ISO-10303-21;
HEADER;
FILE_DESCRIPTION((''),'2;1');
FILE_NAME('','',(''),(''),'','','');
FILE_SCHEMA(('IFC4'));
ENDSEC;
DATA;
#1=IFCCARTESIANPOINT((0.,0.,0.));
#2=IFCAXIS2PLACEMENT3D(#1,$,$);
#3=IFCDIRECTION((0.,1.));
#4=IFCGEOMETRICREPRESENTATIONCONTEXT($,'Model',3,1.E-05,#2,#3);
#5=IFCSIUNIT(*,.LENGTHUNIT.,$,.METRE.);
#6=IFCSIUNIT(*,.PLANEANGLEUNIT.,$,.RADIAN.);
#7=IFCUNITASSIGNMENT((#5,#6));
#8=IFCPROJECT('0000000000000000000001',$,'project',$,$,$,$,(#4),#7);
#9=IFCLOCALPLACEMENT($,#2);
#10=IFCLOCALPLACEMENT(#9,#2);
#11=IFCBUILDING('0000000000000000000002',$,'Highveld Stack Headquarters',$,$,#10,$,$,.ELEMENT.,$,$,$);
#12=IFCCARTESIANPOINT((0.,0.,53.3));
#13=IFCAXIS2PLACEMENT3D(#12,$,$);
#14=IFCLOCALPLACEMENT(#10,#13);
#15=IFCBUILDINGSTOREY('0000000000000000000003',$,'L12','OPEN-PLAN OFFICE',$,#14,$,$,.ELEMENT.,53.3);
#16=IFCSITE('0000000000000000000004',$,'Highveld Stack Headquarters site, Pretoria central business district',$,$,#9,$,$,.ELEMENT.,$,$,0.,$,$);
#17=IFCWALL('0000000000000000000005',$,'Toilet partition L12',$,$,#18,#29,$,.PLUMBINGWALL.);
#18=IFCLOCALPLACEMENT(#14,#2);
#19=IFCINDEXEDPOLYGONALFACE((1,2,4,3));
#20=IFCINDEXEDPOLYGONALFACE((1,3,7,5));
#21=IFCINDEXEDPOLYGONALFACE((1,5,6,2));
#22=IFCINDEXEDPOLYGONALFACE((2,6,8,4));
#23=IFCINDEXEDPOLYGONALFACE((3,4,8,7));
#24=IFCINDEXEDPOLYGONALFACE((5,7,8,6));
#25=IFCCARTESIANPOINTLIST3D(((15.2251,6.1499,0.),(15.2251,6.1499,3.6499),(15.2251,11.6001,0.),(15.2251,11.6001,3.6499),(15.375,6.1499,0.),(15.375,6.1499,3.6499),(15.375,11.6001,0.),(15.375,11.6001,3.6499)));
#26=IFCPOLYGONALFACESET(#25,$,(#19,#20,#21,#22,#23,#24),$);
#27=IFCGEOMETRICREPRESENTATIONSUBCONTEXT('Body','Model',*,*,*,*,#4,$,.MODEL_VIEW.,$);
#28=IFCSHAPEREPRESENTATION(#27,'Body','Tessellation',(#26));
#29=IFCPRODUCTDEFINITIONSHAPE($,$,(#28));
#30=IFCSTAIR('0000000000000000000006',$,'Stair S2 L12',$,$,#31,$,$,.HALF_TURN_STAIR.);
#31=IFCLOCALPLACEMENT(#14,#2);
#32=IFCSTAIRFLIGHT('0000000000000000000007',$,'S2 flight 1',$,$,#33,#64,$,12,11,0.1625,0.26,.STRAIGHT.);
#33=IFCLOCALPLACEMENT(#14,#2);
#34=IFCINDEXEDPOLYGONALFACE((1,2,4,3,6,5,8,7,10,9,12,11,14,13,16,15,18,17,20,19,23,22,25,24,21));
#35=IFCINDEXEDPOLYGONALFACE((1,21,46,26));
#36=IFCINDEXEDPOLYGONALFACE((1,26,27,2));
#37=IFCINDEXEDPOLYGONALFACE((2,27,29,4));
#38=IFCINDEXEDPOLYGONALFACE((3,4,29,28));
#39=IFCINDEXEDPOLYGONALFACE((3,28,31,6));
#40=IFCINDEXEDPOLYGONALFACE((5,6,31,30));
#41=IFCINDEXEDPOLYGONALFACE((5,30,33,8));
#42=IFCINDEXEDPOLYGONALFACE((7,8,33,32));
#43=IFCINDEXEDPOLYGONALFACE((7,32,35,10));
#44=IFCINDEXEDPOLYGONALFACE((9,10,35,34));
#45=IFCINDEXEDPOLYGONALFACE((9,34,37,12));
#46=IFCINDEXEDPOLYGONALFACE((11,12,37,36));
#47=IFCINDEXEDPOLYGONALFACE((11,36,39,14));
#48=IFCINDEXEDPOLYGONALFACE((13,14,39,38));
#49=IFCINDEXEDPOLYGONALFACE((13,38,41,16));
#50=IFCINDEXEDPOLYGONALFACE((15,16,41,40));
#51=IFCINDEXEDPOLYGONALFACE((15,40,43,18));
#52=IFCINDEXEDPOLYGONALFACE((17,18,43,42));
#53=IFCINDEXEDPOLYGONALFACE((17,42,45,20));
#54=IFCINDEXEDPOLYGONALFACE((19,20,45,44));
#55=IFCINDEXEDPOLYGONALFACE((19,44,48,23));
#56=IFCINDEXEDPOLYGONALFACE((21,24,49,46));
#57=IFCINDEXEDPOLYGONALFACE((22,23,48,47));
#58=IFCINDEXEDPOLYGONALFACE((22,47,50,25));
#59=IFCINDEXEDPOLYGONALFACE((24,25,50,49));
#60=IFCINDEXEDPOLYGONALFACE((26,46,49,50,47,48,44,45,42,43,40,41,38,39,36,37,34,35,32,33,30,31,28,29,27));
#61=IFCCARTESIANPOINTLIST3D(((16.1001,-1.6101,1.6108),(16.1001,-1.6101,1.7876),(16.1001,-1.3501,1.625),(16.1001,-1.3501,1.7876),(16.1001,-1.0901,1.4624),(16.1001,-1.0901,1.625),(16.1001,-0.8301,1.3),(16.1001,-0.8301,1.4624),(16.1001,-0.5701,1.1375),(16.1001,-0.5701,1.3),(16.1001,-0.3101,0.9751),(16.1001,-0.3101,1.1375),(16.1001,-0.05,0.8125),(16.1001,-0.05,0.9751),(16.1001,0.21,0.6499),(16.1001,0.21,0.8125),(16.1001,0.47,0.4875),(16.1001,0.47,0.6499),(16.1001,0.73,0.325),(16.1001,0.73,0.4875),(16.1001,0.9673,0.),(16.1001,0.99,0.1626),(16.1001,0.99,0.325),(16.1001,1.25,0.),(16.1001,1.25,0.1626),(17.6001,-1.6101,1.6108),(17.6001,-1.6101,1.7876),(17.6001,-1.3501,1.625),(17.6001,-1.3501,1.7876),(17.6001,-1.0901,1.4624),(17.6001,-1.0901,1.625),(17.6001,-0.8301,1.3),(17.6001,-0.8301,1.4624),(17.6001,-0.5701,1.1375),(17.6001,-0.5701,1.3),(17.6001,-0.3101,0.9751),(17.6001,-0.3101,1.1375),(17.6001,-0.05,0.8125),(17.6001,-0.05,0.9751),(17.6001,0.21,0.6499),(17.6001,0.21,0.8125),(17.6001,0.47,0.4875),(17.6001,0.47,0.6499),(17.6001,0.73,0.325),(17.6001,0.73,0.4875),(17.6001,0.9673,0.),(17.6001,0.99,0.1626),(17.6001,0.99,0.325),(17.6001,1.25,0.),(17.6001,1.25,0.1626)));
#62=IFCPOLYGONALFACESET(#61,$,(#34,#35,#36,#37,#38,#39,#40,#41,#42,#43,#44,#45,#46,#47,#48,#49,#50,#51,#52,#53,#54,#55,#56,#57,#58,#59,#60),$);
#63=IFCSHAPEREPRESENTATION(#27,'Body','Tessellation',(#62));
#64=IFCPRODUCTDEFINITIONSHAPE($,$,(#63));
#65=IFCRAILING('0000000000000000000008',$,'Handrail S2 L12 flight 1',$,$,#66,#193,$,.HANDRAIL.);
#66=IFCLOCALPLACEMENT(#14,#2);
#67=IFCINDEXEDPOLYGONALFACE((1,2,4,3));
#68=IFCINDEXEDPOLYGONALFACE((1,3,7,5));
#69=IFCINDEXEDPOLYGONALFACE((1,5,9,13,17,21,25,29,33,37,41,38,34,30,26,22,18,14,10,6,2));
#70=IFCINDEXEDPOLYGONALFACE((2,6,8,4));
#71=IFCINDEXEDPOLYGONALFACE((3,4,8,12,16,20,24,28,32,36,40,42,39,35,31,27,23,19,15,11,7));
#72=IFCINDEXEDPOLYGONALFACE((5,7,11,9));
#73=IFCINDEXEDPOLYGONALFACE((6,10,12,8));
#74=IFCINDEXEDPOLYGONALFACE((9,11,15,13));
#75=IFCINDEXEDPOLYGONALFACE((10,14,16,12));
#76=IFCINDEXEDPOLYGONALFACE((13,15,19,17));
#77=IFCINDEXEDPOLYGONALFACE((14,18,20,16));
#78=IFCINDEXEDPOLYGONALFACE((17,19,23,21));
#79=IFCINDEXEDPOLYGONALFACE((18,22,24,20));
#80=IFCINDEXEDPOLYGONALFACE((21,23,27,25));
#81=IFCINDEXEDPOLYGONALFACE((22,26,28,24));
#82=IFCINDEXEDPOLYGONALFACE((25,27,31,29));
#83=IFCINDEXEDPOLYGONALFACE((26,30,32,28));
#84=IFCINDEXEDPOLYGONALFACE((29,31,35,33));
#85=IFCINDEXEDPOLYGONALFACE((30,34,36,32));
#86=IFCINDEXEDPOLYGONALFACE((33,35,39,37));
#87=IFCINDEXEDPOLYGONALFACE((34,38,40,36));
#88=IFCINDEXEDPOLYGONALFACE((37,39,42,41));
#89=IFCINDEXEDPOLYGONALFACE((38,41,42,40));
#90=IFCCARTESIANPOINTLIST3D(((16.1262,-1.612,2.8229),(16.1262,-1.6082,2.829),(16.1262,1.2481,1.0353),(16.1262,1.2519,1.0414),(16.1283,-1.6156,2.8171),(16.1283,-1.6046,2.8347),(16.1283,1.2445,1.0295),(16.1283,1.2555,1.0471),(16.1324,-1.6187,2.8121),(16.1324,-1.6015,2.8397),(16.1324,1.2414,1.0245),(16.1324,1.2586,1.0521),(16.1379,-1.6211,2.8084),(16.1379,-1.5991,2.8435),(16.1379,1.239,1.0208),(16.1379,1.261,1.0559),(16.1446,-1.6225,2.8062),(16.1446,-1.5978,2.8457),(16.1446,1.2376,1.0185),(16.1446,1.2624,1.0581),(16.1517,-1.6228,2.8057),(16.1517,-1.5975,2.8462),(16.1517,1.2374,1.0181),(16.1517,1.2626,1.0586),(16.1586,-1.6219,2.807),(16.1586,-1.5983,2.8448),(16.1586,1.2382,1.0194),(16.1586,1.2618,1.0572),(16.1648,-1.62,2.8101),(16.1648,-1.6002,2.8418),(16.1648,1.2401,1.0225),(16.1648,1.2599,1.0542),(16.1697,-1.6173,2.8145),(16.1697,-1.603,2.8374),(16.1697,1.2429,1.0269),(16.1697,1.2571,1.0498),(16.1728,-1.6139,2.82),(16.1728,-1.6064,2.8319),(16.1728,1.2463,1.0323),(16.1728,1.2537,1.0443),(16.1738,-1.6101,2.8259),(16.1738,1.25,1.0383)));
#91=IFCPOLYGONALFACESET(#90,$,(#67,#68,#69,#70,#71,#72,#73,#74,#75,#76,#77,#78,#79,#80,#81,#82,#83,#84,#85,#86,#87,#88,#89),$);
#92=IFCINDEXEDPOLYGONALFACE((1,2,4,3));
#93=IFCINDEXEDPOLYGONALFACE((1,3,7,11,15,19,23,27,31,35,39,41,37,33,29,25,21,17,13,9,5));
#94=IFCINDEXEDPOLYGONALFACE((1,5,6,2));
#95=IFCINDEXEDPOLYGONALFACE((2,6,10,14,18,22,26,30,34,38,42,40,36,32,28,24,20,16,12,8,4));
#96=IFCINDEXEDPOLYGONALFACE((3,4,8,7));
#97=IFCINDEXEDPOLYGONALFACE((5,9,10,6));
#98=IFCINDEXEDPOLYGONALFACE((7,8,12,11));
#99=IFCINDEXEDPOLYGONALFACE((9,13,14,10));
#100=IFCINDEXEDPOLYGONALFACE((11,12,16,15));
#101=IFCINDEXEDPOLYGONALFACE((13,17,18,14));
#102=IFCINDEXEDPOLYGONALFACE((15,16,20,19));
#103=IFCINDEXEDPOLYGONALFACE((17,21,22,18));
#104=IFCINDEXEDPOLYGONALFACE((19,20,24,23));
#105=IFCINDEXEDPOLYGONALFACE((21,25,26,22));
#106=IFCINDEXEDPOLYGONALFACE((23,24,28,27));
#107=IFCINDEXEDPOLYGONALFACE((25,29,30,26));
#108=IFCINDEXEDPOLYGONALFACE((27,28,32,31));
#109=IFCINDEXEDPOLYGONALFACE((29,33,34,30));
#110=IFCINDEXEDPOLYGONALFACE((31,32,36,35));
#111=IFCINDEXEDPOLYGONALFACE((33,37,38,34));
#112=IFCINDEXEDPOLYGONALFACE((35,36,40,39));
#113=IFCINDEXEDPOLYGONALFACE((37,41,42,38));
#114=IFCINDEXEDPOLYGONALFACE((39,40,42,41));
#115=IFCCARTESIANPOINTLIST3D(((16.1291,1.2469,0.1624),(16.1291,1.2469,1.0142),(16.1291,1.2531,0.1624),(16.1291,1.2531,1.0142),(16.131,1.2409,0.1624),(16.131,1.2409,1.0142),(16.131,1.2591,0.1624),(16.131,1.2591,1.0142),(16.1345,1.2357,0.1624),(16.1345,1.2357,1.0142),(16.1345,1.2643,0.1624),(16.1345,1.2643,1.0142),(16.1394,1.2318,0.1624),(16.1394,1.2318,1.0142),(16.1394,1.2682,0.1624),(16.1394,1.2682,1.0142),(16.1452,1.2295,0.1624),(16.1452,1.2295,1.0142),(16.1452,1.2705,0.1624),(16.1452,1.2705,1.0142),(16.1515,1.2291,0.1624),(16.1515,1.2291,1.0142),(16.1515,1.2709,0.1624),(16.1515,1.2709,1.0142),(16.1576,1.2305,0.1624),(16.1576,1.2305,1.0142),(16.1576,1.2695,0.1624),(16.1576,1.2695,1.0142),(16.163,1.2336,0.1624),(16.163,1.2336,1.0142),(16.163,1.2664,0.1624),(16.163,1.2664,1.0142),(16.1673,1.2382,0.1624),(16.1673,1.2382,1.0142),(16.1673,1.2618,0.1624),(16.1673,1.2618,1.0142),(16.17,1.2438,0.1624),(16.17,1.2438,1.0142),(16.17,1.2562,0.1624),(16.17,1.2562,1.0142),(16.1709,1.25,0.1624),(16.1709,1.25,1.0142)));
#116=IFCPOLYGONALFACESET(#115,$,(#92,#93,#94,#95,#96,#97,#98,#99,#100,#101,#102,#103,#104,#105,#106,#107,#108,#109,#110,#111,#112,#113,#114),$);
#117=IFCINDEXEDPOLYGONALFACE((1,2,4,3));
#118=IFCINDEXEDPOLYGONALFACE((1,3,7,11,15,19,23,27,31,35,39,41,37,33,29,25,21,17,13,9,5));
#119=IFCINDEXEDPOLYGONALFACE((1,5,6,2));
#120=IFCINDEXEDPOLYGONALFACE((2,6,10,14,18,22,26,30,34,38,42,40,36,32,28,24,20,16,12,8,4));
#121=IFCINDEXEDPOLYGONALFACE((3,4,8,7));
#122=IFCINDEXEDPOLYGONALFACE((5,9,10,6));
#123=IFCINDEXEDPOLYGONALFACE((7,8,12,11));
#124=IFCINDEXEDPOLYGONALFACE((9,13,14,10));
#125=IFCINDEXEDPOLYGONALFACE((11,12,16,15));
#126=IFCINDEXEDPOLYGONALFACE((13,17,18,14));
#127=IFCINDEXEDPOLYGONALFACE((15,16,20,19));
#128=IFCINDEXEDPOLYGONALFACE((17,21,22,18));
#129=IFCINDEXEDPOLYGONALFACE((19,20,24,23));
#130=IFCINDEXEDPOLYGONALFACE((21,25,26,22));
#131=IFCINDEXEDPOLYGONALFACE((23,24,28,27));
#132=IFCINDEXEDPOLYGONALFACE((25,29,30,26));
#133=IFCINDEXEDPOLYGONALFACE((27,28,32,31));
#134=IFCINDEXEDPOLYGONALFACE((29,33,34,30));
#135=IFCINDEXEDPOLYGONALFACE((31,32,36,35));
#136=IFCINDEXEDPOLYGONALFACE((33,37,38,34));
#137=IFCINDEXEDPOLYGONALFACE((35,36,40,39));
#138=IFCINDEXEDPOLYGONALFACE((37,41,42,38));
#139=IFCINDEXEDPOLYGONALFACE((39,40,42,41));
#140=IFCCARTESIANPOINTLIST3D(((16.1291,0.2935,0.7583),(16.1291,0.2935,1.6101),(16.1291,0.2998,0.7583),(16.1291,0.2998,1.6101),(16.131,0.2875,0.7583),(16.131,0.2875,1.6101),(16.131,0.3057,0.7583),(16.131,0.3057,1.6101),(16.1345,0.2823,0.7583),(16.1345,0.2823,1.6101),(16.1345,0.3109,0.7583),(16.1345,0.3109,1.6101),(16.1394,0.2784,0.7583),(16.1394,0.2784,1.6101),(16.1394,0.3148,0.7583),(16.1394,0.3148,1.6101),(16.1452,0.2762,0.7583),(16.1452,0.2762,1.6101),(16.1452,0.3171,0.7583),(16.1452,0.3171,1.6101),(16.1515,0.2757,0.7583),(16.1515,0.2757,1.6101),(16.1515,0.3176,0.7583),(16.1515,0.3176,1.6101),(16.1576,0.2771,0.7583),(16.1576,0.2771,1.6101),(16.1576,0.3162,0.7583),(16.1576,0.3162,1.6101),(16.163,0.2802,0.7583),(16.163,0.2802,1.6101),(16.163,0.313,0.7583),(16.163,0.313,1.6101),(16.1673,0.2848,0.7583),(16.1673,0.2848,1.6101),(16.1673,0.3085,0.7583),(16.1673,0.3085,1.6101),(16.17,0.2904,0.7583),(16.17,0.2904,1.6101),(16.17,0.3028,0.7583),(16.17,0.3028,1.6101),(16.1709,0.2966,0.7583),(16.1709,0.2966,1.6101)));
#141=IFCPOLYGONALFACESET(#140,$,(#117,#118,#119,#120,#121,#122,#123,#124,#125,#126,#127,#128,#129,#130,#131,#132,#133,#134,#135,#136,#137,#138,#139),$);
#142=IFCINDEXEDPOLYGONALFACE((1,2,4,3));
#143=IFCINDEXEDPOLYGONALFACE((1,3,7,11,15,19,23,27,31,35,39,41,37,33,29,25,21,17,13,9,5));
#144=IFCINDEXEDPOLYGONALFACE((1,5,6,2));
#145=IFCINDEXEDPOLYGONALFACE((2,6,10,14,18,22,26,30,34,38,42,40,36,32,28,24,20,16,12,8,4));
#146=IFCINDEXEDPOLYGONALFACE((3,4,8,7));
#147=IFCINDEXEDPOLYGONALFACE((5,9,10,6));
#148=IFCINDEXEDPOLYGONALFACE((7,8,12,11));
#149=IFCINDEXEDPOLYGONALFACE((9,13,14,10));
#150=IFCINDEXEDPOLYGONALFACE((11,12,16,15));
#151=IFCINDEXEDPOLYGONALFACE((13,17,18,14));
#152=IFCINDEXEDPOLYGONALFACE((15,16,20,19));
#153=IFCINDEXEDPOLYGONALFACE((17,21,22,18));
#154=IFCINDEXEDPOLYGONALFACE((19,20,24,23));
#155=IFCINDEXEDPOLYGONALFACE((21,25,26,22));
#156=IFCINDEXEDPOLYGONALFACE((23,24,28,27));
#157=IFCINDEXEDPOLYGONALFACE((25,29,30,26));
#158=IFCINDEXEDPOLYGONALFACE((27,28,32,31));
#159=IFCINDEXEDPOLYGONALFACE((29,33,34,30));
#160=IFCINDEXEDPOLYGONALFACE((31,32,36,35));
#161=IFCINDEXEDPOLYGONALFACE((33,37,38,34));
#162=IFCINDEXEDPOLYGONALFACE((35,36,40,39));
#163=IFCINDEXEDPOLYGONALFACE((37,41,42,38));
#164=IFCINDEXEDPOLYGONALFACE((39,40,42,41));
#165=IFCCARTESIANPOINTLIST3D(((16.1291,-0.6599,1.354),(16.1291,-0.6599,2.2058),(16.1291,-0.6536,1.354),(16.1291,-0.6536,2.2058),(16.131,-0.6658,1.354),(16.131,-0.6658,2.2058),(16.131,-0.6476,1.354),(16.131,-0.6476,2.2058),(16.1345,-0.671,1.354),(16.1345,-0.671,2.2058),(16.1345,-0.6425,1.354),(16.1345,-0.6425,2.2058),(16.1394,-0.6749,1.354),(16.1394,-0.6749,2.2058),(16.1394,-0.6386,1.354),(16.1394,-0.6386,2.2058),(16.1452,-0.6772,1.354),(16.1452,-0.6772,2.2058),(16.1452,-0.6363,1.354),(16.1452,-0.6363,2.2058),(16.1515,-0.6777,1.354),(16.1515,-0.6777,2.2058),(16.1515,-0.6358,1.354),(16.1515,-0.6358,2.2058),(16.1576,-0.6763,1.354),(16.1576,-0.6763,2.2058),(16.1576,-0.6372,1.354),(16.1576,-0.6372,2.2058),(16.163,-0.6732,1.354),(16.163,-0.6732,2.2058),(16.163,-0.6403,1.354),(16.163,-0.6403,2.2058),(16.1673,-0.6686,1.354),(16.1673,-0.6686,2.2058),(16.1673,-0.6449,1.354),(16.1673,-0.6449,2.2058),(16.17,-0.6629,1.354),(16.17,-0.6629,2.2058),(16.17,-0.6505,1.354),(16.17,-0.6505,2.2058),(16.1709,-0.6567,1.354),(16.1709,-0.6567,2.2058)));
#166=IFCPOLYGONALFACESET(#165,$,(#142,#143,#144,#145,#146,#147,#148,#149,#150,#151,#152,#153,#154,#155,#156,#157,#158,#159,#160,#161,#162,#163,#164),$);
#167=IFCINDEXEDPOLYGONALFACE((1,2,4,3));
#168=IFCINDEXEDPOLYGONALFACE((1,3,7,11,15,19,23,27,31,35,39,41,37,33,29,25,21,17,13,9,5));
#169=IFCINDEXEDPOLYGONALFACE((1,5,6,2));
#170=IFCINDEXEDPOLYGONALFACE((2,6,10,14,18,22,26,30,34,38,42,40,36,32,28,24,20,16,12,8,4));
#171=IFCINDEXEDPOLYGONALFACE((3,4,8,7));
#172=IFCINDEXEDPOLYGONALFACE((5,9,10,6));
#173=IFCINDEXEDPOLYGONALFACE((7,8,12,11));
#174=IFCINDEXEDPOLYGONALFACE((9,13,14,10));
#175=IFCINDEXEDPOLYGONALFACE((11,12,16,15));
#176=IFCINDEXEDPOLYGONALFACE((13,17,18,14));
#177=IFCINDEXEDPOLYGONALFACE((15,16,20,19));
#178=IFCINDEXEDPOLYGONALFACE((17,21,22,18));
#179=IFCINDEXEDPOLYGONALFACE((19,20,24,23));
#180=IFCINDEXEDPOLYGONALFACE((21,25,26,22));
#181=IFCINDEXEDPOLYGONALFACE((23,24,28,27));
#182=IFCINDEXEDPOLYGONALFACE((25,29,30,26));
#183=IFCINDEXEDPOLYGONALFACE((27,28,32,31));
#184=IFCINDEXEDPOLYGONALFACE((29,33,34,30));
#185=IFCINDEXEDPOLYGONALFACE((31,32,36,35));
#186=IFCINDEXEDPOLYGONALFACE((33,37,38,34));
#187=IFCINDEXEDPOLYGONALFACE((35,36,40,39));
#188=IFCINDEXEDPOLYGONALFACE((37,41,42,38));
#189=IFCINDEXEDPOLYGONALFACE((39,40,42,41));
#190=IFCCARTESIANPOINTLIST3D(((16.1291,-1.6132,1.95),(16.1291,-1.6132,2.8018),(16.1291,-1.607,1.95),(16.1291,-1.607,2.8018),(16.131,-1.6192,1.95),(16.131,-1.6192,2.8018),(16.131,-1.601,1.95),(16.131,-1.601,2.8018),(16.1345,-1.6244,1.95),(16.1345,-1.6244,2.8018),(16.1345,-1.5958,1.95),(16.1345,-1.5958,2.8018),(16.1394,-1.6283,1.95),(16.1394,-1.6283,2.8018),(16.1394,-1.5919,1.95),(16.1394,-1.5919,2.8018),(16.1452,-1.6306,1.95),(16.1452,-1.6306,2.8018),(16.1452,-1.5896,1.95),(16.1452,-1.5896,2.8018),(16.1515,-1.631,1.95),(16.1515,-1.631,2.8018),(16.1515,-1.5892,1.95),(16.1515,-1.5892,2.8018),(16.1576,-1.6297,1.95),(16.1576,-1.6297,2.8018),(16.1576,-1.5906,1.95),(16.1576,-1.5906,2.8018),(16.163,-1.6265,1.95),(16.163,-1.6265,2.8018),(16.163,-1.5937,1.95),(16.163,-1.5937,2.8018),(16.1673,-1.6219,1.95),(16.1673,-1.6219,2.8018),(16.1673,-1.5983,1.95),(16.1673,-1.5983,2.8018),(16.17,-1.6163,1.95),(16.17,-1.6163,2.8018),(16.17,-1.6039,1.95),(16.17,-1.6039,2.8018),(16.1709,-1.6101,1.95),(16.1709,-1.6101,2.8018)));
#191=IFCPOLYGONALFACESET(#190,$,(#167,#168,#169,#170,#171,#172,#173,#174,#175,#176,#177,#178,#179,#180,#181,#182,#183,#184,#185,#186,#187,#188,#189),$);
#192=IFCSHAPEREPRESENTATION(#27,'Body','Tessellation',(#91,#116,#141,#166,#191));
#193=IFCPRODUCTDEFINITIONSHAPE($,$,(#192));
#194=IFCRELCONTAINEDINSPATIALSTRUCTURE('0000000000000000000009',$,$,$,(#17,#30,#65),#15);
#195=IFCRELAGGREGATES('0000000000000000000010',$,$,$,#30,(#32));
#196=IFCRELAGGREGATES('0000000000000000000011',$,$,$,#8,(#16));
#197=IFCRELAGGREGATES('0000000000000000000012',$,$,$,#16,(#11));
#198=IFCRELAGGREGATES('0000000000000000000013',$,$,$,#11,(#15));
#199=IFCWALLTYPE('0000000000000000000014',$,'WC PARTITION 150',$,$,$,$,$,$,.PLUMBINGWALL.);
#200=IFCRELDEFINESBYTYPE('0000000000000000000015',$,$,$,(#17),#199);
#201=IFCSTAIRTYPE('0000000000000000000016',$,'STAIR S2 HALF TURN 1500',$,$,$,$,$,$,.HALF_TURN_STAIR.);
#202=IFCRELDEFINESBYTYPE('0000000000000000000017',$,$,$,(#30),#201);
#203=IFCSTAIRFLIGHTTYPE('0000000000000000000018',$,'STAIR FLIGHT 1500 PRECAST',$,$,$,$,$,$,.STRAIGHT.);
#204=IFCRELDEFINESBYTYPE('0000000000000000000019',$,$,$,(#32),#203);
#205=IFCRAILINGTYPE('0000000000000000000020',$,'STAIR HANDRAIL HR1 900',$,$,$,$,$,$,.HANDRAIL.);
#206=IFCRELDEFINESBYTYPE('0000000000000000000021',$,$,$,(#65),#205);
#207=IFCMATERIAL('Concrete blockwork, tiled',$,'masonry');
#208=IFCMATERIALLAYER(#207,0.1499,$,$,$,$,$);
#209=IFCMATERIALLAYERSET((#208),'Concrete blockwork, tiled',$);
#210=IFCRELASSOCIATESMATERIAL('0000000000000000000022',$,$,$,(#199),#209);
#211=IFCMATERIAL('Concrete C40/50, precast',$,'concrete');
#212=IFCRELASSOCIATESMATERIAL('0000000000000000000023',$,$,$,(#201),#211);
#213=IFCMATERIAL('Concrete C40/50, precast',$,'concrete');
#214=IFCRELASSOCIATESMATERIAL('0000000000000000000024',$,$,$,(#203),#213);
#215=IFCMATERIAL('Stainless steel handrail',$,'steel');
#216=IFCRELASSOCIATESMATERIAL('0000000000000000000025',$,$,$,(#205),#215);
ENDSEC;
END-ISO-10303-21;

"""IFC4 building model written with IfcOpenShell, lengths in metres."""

from ifc_helpers import new_model, si_unit, direction, frame, frame_2d, origin, origin_2d, place, context, subcontext, project, spatial, polyline, rectangle, circle, outline, extrude, material, layer, layer_set, type_object, element, aggregate, save


model = new_model("IFC4")

# Units and contexts
model_context = context("Model", 3, precision=1e-05, world=origin(), true_north=direction((0.0, 1.0)))
body_context = subcontext(model_context, "Body", "Model", "MODEL_VIEW")
ifc_project = project(units=[si_unit("LENGTHUNIT", "METRE"), si_unit("PLANEANGLEUNIT", "RADIAN")], contexts=[model_context])

# Site, building, storey
site_placement = place(None, origin())
site = spatial("IfcSite", under=ifc_project, at=site_placement, Name="Highveld Stack Headquarters site, Pretoria central business district", CompositionType="ELEMENT", RefElevation=0.0)
building_placement = place(site_placement, origin())
building = spatial("IfcBuilding", under=site, at=building_placement, Name="Highveld Stack Headquarters", CompositionType="ELEMENT")
storey_placement = place(building_placement, frame((0.0, 0.0, 53.3)))
storey = spatial("IfcBuildingStorey", under=building, at=storey_placement, Name="L12", Description="OPEN-PLAN OFFICE", CompositionType="ELEMENT", Elevation=53.3)

# Wall
ifc_material_1 = material(Name="Concrete blockwork, tiled", Category="masonry")
ifc_layer_1 = layer(ifc_material_1, 0.1499)
ifc_layer_set_1 = layer_set([ifc_layer_1], Name="Concrete blockwork, tiled")
wall_type_1 = type_object("IfcWallType", Name="WC PARTITION 150", PredefinedType="PLUMBINGWALL", material=ifc_layer_set_1)
wall_1_placement = place(storey_placement, frame((15.3, 6.1499, 0.0), z_axis=(0.0, 0.0, 1.0), x_axis=(0.0, 1.0, 0.0)))
element("IfcWall", 1, at=wall_1_placement, inside=storey, type_object=wall_type_1, Name="Toilet partition L12", PredefinedType="PLUMBINGWALL", context=body_context, shape_type="SweptSolid", body=[
    extrude(rectangle(XDim=5.4502, YDim=0.1499, at=frame_2d((2.7251, 0.0))), origin(), (0.0, 0.0, 1.0), 3.6499),
])

# Stair, stair flight
ifc_material_2 = material(Name="Concrete C40/50, precast", Category="concrete")
stair_type = type_object("IfcStairType", Name="STAIR S2 HALF TURN 1500", PredefinedType="HALF_TURN_STAIR", material=ifc_material_2)
stair_placement = place(storey_placement, origin())
stair = element("IfcStair", 2, at=stair_placement, inside=storey, type_object=stair_type, Name="Stair S2 L12", PredefinedType="HALF_TURN_STAIR")
ifc_material_3 = material(Name="Concrete C40/50, precast", Category="concrete")
stair_flight_type = type_object("IfcStairFlightType", Name="STAIR FLIGHT 1500 PRECAST", PredefinedType="STRAIGHT", material=ifc_material_3)
stair_flight_placement = place(storey_placement, frame((16.8501, 1.25, 0.0), z_axis=(0.0, 0.0, 1.0), x_axis=(0.0, -1.0, 0.0)))
stair_flight = element("IfcStairFlight", 3, at=stair_flight_placement, type_object=stair_flight_type, Name="S2 flight 1", NumberOfRisers=12, NumberOfTreads=11, PredefinedType="STRAIGHT", RiserHeight=0.1625, TreadLength=0.26, context=body_context, shape_type="SweptSolid", body=[
    extrude(outline(polyline([(0.0, 0.0), (0.0, 0.1626), (0.26, 0.1626), (0.26, 0.325), (0.52, 0.325), (0.52, 0.4875), (0.78, 0.4875), (0.78, 0.6499), (1.04, 0.6499), (1.04, 0.8125), (1.3, 0.8125), (1.3, 0.9751), (1.5601, 0.9751), (1.5601, 1.1375), (1.8201, 1.1375), (1.8201, 1.3), (2.0801, 1.3), (2.0801, 1.4624), (2.3401, 1.4624), (2.3401, 1.625), (2.6001, 1.625), (2.6001, 1.7876), (2.8601, 1.7876), (2.8601, 1.95), (2.8601, 1.6108), (0.2827, 0.0), (0.0, 0.0)])), frame((0.0, 0.75, 0.0), z_axis=(0.0, -1.0, 0.0), x_axis=(1.0, 0.0, 0.0)), (0.0, 0.0, 1.0), 1.5),
])
aggregate(stair, [stair_flight])

# Railing
ifc_material_4 = material(Name="Stainless steel handrail", Category="steel")
railing_type = type_object("IfcRailingType", Name="STAIR HANDRAIL HR1 900", PredefinedType="HANDRAIL", material=ifc_material_4)
for number, where, name in (
    (4, (16.1499, 1.25, 0.1624), "Handrail S2 L12 flight 1"),
):
    element("IfcRailing", number, at=place(storey_placement, frame(where)), inside=storey, type_object=railing_type, Name=name, PredefinedType="HANDRAIL", context=body_context, shape_type="SweptSolid", body=[
        extrude(circle(Radius=0.0239, at=origin_2d()), frame((0.0, 0.0, 0.876), z_axis=(0.0, -0.847994, 0.530005), x_axis=(1.0, 0.0, 0.0)), (0.0, 0.0, 1.0), 3.3728),
        extrude(circle(Radius=0.021, at=origin_2d()), origin(), (0.0, 0.0, 1.0), 0.8518),
        extrude(circle(Radius=0.021, at=origin_2d()), frame((0.0, -0.9534, 0.5959)), (0.0, 0.0, 1.0), 0.8518),
        extrude(circle(Radius=0.021, at=origin_2d()), frame((0.0, -1.9067, 1.1917)), (0.0, 0.0, 1.0), 0.8518),
        extrude(circle(Radius=0.021, at=origin_2d()), frame((0.0, -2.8601, 1.7876)), (0.0, 0.0, 1.0), 0.8518),
    ])

save(model, "model.ifc")
